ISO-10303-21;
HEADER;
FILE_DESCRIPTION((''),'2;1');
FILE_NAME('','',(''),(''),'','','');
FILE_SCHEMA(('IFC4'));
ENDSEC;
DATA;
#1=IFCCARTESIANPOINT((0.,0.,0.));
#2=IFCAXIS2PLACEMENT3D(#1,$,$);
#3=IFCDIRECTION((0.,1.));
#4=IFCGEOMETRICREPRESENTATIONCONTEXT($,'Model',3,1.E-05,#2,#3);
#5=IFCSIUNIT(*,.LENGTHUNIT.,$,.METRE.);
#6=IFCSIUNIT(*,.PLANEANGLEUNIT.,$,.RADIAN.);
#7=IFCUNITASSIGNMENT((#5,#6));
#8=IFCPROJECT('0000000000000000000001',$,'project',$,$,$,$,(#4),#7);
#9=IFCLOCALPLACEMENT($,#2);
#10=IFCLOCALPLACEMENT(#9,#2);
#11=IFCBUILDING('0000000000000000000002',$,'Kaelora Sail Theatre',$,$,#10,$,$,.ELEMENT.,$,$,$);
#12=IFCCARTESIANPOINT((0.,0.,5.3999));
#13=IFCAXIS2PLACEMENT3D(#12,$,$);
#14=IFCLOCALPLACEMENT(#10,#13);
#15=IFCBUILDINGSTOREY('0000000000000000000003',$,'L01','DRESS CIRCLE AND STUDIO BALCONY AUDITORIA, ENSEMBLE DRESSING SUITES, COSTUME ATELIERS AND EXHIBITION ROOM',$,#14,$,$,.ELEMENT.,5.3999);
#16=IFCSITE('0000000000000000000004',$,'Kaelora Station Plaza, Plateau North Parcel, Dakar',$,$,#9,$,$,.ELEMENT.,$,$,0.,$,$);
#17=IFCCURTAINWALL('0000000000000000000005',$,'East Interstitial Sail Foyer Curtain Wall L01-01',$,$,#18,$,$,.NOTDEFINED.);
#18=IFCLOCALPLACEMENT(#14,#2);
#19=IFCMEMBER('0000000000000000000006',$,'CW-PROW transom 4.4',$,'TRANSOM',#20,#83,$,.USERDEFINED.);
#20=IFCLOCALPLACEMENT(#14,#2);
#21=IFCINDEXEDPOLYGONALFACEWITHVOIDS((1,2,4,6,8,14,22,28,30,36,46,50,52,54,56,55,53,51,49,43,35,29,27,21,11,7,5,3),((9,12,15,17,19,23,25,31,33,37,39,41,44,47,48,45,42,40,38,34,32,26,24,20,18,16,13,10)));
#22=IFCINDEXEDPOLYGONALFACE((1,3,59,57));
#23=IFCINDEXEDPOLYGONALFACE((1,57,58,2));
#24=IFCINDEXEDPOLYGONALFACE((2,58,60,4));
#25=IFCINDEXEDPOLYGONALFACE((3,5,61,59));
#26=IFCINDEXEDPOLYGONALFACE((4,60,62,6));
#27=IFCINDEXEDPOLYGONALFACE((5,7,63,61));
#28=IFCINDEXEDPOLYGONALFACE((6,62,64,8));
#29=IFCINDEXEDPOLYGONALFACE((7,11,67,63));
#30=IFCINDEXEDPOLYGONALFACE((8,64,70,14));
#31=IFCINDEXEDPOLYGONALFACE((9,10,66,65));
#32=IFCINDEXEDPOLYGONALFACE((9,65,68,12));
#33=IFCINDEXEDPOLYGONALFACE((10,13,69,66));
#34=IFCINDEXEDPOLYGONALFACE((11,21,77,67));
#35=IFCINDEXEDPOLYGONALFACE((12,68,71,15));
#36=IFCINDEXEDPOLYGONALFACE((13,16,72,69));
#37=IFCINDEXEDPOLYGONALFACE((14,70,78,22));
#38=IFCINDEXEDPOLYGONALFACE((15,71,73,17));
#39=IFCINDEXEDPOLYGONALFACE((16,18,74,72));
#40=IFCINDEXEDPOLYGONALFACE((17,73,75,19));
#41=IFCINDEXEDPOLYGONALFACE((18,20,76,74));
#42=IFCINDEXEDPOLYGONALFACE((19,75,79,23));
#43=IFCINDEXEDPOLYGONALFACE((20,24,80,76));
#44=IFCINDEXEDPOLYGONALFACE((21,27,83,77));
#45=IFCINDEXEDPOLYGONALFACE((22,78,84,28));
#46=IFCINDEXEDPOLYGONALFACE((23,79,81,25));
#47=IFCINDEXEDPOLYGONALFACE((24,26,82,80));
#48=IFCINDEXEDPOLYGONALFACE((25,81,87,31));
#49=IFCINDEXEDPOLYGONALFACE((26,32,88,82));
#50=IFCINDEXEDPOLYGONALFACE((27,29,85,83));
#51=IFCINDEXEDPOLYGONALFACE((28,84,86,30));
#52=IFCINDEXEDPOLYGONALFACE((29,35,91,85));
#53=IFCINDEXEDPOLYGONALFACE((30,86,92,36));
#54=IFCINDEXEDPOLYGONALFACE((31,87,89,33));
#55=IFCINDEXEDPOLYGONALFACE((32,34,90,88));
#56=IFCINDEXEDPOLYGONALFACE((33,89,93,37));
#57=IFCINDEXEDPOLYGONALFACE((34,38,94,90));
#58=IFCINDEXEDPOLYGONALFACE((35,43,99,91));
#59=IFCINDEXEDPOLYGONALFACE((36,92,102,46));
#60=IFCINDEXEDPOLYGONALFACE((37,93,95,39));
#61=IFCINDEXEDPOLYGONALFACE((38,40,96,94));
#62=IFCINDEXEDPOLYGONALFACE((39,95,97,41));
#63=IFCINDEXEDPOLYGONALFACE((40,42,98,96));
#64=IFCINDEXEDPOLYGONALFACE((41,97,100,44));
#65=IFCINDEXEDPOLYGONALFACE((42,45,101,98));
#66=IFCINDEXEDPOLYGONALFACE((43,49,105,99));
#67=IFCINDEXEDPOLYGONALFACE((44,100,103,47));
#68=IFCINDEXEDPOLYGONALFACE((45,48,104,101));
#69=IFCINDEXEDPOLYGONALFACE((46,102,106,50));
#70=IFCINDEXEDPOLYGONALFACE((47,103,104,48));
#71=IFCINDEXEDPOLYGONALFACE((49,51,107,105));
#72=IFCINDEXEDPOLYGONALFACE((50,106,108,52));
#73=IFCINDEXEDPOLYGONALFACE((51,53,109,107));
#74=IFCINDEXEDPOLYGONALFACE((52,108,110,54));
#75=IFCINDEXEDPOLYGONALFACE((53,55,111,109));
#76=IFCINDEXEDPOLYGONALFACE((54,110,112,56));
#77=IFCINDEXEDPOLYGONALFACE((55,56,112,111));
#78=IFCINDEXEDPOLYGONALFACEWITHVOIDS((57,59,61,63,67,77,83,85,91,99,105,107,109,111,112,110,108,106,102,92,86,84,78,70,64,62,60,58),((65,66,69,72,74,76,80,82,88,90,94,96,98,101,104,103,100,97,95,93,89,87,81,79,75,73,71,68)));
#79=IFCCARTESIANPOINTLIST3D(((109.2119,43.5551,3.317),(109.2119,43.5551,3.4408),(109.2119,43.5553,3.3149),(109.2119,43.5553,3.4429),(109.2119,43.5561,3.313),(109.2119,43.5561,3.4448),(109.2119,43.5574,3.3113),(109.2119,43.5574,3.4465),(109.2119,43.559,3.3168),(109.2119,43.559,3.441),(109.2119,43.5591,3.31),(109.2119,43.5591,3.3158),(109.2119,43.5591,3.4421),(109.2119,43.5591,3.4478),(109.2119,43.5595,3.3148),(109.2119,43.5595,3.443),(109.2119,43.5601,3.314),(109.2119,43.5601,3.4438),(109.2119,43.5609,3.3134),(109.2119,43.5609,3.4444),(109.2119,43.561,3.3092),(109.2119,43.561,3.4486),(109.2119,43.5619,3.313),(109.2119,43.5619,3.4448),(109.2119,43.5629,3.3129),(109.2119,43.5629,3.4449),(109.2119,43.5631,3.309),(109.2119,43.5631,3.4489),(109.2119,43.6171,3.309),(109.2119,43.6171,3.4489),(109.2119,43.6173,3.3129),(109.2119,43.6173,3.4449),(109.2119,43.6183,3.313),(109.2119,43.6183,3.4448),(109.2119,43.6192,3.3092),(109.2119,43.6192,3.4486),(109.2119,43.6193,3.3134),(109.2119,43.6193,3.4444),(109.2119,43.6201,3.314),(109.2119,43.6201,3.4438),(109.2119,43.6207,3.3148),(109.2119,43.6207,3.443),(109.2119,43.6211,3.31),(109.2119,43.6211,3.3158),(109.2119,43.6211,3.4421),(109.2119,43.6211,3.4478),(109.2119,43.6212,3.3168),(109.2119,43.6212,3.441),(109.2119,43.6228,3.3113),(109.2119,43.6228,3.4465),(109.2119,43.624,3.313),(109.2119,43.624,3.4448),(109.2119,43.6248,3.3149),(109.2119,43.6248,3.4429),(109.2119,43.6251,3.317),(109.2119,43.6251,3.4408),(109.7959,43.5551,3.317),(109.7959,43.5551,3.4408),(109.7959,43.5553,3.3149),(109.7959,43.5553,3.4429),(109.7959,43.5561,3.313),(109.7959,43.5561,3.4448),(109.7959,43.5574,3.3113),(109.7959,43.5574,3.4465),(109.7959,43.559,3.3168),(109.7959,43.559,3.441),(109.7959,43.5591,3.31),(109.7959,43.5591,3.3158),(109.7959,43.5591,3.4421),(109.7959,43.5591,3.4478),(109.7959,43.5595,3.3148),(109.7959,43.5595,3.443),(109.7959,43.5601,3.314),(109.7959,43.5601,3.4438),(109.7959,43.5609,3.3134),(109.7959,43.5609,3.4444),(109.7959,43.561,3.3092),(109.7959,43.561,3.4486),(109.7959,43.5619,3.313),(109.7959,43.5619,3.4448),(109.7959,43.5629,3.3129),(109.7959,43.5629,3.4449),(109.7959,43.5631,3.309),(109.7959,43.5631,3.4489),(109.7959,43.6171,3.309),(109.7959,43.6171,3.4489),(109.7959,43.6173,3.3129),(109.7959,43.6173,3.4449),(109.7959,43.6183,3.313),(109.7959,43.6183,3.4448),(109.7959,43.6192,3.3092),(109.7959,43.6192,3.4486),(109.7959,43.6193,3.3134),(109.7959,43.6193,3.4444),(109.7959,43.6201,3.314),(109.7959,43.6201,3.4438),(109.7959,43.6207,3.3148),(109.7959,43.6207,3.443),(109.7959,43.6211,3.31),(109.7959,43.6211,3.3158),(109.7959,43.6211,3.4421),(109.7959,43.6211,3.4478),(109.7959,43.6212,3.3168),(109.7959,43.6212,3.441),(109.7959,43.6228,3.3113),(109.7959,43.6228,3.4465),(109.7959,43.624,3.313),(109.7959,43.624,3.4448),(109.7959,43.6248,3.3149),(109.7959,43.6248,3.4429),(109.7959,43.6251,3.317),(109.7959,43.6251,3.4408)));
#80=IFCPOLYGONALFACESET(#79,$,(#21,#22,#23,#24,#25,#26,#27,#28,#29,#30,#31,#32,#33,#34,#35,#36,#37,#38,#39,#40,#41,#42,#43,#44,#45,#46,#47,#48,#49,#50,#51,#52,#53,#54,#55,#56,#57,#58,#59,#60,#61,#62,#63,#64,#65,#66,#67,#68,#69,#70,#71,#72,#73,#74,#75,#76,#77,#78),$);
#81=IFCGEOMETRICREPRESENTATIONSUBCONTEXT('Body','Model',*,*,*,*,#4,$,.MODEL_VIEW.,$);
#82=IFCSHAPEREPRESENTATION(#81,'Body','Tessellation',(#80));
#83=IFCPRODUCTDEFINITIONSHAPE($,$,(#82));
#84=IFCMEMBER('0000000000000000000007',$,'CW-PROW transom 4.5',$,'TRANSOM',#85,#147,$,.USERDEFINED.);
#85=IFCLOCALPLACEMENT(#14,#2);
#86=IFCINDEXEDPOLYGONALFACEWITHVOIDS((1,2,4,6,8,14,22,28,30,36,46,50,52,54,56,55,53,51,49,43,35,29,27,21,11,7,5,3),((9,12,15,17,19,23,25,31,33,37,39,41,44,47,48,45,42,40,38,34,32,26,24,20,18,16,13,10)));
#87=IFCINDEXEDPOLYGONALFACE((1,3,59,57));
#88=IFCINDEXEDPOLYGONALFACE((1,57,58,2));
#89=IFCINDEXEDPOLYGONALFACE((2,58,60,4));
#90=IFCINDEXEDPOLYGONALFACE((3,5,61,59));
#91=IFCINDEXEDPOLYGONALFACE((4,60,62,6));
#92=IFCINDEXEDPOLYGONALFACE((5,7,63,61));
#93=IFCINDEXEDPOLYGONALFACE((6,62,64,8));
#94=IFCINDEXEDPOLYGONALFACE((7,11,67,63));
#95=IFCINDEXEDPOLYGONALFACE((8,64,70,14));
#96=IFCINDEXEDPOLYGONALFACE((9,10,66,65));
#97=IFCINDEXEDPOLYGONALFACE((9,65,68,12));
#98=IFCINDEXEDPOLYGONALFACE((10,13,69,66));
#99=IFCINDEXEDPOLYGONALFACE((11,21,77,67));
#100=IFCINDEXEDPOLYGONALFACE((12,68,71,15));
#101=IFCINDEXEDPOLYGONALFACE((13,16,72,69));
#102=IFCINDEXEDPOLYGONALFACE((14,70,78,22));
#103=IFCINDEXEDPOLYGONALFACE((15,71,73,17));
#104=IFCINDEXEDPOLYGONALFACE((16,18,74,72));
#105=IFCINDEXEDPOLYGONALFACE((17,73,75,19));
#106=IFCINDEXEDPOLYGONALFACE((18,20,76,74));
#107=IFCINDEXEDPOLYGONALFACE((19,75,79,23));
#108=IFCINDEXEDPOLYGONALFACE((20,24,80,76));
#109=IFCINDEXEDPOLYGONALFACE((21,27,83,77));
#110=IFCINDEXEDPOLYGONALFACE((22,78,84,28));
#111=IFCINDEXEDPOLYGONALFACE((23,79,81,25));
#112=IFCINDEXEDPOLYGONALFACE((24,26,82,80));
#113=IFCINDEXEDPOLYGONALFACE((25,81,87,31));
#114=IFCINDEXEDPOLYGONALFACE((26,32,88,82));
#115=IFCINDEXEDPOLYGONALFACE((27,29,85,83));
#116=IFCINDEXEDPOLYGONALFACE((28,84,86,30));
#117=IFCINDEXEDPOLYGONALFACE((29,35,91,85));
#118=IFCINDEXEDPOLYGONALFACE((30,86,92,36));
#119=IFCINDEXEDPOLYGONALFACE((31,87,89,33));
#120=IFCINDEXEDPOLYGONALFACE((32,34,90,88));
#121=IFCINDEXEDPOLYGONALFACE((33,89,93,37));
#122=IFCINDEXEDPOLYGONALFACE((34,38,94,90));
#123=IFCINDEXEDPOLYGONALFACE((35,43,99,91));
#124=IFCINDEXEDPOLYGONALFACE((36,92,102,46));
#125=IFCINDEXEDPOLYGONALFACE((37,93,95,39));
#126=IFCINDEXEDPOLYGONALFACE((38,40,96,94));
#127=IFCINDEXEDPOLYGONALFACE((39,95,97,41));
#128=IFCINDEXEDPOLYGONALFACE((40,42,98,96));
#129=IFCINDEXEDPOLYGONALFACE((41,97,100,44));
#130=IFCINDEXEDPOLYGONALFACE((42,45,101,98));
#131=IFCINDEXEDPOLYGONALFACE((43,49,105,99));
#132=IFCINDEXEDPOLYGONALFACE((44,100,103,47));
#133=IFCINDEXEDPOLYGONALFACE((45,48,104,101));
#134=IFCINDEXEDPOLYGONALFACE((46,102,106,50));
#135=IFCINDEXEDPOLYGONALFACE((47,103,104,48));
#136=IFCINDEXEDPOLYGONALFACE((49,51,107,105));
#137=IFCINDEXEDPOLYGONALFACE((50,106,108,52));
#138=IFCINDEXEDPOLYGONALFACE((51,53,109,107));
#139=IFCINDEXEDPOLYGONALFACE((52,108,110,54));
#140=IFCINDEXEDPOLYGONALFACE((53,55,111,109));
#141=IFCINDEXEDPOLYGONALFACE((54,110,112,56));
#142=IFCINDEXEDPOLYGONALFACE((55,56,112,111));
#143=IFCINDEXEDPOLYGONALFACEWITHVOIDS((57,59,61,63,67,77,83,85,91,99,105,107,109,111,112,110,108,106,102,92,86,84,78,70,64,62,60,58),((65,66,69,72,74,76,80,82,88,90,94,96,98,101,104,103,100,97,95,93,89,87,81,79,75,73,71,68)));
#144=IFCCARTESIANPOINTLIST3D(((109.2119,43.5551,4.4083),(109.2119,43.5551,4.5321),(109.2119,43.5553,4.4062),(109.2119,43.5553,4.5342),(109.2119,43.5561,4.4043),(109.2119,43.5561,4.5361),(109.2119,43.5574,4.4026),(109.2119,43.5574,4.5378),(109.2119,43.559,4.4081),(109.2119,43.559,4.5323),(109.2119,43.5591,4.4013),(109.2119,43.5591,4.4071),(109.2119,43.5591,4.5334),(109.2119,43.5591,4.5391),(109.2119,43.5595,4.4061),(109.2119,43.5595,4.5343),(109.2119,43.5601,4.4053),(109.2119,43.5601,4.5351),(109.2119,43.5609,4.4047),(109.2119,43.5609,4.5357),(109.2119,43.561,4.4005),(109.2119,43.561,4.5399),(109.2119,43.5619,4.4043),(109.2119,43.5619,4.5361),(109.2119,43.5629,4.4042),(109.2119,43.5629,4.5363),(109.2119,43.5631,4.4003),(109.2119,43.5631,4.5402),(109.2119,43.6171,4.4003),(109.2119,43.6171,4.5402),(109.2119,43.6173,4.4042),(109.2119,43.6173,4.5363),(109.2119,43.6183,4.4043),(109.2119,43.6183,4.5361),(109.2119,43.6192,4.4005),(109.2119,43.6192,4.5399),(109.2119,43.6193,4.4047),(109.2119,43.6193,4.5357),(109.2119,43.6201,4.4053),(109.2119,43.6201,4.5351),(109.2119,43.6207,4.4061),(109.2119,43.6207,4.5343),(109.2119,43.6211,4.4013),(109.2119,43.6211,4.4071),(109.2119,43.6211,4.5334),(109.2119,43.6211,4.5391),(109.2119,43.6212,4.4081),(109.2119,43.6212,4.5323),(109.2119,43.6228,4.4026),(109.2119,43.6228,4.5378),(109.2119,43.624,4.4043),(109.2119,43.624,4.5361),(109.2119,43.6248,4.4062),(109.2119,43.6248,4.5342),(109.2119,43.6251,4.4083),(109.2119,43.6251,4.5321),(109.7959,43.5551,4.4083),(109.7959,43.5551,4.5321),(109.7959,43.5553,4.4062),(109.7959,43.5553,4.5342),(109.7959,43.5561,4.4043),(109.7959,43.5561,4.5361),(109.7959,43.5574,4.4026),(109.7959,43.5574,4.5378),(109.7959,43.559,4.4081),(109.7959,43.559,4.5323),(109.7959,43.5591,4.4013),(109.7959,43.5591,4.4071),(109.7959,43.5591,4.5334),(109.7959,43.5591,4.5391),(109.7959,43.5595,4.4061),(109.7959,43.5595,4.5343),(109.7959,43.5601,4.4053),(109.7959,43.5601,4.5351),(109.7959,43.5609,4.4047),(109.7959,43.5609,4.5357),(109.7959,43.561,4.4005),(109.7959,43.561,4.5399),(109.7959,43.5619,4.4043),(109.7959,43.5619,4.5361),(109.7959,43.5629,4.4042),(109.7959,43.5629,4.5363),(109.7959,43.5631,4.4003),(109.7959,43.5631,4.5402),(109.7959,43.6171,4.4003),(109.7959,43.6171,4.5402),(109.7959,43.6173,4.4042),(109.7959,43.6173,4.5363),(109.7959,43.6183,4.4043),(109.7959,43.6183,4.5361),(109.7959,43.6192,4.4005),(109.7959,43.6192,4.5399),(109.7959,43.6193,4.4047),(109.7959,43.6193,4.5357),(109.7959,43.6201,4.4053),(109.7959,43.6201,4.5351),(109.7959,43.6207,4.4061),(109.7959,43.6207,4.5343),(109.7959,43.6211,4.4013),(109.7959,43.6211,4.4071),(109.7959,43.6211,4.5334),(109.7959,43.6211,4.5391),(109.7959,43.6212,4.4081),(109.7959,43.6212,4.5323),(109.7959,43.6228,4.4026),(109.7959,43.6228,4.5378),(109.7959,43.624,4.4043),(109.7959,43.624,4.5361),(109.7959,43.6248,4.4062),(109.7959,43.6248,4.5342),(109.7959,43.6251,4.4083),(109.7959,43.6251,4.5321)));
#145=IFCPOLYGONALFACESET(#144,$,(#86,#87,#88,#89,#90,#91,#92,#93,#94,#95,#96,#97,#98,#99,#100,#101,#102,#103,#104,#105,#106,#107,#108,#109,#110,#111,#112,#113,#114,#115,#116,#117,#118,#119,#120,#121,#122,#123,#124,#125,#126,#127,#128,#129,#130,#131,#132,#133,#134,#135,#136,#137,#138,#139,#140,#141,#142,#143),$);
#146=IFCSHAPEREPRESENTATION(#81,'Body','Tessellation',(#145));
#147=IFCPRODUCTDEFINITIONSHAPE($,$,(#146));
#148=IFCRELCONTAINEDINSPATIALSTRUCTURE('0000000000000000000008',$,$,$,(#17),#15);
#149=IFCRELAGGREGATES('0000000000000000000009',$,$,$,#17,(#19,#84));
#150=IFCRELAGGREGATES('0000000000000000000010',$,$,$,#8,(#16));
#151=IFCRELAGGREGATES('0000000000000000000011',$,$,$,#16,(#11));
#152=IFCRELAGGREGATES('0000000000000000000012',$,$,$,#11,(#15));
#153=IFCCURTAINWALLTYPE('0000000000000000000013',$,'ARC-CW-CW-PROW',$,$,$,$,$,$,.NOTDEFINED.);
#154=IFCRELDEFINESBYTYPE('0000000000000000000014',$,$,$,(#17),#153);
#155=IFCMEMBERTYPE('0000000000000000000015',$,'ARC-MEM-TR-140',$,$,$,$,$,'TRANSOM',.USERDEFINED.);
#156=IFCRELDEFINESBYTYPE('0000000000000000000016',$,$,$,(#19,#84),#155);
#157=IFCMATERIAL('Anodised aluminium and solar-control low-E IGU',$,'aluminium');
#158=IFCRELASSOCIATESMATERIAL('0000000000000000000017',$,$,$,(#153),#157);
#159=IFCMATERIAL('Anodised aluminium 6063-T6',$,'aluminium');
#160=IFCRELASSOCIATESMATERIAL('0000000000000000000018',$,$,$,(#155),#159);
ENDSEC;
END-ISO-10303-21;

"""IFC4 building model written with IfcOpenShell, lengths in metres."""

from ifc_helpers import new_model, si_unit, direction, frame, origin, origin_2d, place, context, subcontext, project, spatial, hollow_rectangle, extrude, material, material_profile, profile_set, type_object, element, aggregate, save


model = new_model("IFC4")

# Units and contexts
model_context = context("Model", 3, precision=1e-05, world=origin(), true_north=direction((0.0, 1.0)))
body_context = subcontext(model_context, "Body", "Model", "MODEL_VIEW")
ifc_project = project(units=[si_unit("LENGTHUNIT", "METRE"), si_unit("PLANEANGLEUNIT", "RADIAN")], contexts=[model_context])

# Site, building, storey
site_placement = place(None, origin())
site = spatial("IfcSite", under=ifc_project, at=site_placement, Name="Kaelora Station Plaza, Plateau North Parcel, Dakar", CompositionType="ELEMENT", RefElevation=0.0)
building_placement = place(site_placement, origin())
building = spatial("IfcBuilding", under=site, at=building_placement, Name="Kaelora Sail Theatre", CompositionType="ELEMENT")
storey_placement = place(building_placement, frame((0.0, 0.0, 5.3999)))
storey = spatial("IfcBuildingStorey", under=building, at=storey_placement, Name="L01", Description="DRESS CIRCLE AND STUDIO BALCONY AUDITORIA, ENSEMBLE DRESSING SUITES, COSTUME ATELIERS AND EXHIBITION ROOM", CompositionType="ELEMENT", Elevation=5.3999)

# Curtain wall, members
ifc_material_1 = material(Name="Anodised aluminium and solar-control low-E IGU", Category="aluminium")
curtain_wall_type = type_object("IfcCurtainWallType", Name="ARC-CW-CW-PROW", PredefinedType="NOTDEFINED", material=ifc_material_1)
curtain_wall_placement = place(storey_placement, origin())
curtain_wall = element("IfcCurtainWall", 1, at=curtain_wall_placement, inside=storey, type_object=curtain_wall_type, Name="East Interstitial Sail Foyer Curtain Wall L01-01", PredefinedType="NOTDEFINED")
ifc_material_2 = material(Name="Anodised aluminium 6063-T6", Category="aluminium")
ifc_material_profile = material_profile(ifc_material_2, hollow_rectangle(XDim=0.0701, YDim=0.1399, WallThickness=0.0039, InnerFilletRadius=0.0039, OuterFilletRadius=0.0081, at=origin_2d()), Name="ALU-TRAN 70x140x4")
ifc_profile_set = profile_set([ifc_material_profile], Name="Anodised aluminium 6063-T6")
member_type = type_object("IfcMemberType", Name="ARC-MEM-TR-140", ElementType="TRANSOM", PredefinedType="USERDEFINED", material=ifc_profile_set)
member_1_placement = place(storey_placement, frame((109.2119, 43.5901, 3.3789), z_axis=(1.0, 0.0, 0.0), x_axis=(0.0, 1.0, 0.0)))
member_1 = element("IfcMember", 2, at=member_1_placement, type_object=member_type, Name="CW-PROW transom 4.4", ObjectType="TRANSOM", PredefinedType="USERDEFINED", context=body_context, shape_type="SweptSolid", body=[
    extrude(hollow_rectangle(XDim=0.0701, YDim=0.1399, WallThickness=0.0039, InnerFilletRadius=0.0039, OuterFilletRadius=0.0081, at=origin_2d()), origin(), (0.0, 0.0, 1.0), 0.584),
])
member_2_placement = place(storey_placement, frame((109.2119, 43.5901, 4.4702), z_axis=(1.0, 0.0, 0.0), x_axis=(0.0, 1.0, 0.0)))
member_2 = element("IfcMember", 3, at=member_2_placement, type_object=member_type, Name="CW-PROW transom 4.5", ObjectType="TRANSOM", PredefinedType="USERDEFINED", context=body_context, shape_type="SweptSolid", body=[
    extrude(hollow_rectangle(XDim=0.0701, YDim=0.1399, WallThickness=0.0039, InnerFilletRadius=0.0039, OuterFilletRadius=0.0081, at=origin_2d()), origin(), (0.0, 0.0, 1.0), 0.584),
])
aggregate(curtain_wall, [member_1, member_2])

save(model, "model.ifc")
